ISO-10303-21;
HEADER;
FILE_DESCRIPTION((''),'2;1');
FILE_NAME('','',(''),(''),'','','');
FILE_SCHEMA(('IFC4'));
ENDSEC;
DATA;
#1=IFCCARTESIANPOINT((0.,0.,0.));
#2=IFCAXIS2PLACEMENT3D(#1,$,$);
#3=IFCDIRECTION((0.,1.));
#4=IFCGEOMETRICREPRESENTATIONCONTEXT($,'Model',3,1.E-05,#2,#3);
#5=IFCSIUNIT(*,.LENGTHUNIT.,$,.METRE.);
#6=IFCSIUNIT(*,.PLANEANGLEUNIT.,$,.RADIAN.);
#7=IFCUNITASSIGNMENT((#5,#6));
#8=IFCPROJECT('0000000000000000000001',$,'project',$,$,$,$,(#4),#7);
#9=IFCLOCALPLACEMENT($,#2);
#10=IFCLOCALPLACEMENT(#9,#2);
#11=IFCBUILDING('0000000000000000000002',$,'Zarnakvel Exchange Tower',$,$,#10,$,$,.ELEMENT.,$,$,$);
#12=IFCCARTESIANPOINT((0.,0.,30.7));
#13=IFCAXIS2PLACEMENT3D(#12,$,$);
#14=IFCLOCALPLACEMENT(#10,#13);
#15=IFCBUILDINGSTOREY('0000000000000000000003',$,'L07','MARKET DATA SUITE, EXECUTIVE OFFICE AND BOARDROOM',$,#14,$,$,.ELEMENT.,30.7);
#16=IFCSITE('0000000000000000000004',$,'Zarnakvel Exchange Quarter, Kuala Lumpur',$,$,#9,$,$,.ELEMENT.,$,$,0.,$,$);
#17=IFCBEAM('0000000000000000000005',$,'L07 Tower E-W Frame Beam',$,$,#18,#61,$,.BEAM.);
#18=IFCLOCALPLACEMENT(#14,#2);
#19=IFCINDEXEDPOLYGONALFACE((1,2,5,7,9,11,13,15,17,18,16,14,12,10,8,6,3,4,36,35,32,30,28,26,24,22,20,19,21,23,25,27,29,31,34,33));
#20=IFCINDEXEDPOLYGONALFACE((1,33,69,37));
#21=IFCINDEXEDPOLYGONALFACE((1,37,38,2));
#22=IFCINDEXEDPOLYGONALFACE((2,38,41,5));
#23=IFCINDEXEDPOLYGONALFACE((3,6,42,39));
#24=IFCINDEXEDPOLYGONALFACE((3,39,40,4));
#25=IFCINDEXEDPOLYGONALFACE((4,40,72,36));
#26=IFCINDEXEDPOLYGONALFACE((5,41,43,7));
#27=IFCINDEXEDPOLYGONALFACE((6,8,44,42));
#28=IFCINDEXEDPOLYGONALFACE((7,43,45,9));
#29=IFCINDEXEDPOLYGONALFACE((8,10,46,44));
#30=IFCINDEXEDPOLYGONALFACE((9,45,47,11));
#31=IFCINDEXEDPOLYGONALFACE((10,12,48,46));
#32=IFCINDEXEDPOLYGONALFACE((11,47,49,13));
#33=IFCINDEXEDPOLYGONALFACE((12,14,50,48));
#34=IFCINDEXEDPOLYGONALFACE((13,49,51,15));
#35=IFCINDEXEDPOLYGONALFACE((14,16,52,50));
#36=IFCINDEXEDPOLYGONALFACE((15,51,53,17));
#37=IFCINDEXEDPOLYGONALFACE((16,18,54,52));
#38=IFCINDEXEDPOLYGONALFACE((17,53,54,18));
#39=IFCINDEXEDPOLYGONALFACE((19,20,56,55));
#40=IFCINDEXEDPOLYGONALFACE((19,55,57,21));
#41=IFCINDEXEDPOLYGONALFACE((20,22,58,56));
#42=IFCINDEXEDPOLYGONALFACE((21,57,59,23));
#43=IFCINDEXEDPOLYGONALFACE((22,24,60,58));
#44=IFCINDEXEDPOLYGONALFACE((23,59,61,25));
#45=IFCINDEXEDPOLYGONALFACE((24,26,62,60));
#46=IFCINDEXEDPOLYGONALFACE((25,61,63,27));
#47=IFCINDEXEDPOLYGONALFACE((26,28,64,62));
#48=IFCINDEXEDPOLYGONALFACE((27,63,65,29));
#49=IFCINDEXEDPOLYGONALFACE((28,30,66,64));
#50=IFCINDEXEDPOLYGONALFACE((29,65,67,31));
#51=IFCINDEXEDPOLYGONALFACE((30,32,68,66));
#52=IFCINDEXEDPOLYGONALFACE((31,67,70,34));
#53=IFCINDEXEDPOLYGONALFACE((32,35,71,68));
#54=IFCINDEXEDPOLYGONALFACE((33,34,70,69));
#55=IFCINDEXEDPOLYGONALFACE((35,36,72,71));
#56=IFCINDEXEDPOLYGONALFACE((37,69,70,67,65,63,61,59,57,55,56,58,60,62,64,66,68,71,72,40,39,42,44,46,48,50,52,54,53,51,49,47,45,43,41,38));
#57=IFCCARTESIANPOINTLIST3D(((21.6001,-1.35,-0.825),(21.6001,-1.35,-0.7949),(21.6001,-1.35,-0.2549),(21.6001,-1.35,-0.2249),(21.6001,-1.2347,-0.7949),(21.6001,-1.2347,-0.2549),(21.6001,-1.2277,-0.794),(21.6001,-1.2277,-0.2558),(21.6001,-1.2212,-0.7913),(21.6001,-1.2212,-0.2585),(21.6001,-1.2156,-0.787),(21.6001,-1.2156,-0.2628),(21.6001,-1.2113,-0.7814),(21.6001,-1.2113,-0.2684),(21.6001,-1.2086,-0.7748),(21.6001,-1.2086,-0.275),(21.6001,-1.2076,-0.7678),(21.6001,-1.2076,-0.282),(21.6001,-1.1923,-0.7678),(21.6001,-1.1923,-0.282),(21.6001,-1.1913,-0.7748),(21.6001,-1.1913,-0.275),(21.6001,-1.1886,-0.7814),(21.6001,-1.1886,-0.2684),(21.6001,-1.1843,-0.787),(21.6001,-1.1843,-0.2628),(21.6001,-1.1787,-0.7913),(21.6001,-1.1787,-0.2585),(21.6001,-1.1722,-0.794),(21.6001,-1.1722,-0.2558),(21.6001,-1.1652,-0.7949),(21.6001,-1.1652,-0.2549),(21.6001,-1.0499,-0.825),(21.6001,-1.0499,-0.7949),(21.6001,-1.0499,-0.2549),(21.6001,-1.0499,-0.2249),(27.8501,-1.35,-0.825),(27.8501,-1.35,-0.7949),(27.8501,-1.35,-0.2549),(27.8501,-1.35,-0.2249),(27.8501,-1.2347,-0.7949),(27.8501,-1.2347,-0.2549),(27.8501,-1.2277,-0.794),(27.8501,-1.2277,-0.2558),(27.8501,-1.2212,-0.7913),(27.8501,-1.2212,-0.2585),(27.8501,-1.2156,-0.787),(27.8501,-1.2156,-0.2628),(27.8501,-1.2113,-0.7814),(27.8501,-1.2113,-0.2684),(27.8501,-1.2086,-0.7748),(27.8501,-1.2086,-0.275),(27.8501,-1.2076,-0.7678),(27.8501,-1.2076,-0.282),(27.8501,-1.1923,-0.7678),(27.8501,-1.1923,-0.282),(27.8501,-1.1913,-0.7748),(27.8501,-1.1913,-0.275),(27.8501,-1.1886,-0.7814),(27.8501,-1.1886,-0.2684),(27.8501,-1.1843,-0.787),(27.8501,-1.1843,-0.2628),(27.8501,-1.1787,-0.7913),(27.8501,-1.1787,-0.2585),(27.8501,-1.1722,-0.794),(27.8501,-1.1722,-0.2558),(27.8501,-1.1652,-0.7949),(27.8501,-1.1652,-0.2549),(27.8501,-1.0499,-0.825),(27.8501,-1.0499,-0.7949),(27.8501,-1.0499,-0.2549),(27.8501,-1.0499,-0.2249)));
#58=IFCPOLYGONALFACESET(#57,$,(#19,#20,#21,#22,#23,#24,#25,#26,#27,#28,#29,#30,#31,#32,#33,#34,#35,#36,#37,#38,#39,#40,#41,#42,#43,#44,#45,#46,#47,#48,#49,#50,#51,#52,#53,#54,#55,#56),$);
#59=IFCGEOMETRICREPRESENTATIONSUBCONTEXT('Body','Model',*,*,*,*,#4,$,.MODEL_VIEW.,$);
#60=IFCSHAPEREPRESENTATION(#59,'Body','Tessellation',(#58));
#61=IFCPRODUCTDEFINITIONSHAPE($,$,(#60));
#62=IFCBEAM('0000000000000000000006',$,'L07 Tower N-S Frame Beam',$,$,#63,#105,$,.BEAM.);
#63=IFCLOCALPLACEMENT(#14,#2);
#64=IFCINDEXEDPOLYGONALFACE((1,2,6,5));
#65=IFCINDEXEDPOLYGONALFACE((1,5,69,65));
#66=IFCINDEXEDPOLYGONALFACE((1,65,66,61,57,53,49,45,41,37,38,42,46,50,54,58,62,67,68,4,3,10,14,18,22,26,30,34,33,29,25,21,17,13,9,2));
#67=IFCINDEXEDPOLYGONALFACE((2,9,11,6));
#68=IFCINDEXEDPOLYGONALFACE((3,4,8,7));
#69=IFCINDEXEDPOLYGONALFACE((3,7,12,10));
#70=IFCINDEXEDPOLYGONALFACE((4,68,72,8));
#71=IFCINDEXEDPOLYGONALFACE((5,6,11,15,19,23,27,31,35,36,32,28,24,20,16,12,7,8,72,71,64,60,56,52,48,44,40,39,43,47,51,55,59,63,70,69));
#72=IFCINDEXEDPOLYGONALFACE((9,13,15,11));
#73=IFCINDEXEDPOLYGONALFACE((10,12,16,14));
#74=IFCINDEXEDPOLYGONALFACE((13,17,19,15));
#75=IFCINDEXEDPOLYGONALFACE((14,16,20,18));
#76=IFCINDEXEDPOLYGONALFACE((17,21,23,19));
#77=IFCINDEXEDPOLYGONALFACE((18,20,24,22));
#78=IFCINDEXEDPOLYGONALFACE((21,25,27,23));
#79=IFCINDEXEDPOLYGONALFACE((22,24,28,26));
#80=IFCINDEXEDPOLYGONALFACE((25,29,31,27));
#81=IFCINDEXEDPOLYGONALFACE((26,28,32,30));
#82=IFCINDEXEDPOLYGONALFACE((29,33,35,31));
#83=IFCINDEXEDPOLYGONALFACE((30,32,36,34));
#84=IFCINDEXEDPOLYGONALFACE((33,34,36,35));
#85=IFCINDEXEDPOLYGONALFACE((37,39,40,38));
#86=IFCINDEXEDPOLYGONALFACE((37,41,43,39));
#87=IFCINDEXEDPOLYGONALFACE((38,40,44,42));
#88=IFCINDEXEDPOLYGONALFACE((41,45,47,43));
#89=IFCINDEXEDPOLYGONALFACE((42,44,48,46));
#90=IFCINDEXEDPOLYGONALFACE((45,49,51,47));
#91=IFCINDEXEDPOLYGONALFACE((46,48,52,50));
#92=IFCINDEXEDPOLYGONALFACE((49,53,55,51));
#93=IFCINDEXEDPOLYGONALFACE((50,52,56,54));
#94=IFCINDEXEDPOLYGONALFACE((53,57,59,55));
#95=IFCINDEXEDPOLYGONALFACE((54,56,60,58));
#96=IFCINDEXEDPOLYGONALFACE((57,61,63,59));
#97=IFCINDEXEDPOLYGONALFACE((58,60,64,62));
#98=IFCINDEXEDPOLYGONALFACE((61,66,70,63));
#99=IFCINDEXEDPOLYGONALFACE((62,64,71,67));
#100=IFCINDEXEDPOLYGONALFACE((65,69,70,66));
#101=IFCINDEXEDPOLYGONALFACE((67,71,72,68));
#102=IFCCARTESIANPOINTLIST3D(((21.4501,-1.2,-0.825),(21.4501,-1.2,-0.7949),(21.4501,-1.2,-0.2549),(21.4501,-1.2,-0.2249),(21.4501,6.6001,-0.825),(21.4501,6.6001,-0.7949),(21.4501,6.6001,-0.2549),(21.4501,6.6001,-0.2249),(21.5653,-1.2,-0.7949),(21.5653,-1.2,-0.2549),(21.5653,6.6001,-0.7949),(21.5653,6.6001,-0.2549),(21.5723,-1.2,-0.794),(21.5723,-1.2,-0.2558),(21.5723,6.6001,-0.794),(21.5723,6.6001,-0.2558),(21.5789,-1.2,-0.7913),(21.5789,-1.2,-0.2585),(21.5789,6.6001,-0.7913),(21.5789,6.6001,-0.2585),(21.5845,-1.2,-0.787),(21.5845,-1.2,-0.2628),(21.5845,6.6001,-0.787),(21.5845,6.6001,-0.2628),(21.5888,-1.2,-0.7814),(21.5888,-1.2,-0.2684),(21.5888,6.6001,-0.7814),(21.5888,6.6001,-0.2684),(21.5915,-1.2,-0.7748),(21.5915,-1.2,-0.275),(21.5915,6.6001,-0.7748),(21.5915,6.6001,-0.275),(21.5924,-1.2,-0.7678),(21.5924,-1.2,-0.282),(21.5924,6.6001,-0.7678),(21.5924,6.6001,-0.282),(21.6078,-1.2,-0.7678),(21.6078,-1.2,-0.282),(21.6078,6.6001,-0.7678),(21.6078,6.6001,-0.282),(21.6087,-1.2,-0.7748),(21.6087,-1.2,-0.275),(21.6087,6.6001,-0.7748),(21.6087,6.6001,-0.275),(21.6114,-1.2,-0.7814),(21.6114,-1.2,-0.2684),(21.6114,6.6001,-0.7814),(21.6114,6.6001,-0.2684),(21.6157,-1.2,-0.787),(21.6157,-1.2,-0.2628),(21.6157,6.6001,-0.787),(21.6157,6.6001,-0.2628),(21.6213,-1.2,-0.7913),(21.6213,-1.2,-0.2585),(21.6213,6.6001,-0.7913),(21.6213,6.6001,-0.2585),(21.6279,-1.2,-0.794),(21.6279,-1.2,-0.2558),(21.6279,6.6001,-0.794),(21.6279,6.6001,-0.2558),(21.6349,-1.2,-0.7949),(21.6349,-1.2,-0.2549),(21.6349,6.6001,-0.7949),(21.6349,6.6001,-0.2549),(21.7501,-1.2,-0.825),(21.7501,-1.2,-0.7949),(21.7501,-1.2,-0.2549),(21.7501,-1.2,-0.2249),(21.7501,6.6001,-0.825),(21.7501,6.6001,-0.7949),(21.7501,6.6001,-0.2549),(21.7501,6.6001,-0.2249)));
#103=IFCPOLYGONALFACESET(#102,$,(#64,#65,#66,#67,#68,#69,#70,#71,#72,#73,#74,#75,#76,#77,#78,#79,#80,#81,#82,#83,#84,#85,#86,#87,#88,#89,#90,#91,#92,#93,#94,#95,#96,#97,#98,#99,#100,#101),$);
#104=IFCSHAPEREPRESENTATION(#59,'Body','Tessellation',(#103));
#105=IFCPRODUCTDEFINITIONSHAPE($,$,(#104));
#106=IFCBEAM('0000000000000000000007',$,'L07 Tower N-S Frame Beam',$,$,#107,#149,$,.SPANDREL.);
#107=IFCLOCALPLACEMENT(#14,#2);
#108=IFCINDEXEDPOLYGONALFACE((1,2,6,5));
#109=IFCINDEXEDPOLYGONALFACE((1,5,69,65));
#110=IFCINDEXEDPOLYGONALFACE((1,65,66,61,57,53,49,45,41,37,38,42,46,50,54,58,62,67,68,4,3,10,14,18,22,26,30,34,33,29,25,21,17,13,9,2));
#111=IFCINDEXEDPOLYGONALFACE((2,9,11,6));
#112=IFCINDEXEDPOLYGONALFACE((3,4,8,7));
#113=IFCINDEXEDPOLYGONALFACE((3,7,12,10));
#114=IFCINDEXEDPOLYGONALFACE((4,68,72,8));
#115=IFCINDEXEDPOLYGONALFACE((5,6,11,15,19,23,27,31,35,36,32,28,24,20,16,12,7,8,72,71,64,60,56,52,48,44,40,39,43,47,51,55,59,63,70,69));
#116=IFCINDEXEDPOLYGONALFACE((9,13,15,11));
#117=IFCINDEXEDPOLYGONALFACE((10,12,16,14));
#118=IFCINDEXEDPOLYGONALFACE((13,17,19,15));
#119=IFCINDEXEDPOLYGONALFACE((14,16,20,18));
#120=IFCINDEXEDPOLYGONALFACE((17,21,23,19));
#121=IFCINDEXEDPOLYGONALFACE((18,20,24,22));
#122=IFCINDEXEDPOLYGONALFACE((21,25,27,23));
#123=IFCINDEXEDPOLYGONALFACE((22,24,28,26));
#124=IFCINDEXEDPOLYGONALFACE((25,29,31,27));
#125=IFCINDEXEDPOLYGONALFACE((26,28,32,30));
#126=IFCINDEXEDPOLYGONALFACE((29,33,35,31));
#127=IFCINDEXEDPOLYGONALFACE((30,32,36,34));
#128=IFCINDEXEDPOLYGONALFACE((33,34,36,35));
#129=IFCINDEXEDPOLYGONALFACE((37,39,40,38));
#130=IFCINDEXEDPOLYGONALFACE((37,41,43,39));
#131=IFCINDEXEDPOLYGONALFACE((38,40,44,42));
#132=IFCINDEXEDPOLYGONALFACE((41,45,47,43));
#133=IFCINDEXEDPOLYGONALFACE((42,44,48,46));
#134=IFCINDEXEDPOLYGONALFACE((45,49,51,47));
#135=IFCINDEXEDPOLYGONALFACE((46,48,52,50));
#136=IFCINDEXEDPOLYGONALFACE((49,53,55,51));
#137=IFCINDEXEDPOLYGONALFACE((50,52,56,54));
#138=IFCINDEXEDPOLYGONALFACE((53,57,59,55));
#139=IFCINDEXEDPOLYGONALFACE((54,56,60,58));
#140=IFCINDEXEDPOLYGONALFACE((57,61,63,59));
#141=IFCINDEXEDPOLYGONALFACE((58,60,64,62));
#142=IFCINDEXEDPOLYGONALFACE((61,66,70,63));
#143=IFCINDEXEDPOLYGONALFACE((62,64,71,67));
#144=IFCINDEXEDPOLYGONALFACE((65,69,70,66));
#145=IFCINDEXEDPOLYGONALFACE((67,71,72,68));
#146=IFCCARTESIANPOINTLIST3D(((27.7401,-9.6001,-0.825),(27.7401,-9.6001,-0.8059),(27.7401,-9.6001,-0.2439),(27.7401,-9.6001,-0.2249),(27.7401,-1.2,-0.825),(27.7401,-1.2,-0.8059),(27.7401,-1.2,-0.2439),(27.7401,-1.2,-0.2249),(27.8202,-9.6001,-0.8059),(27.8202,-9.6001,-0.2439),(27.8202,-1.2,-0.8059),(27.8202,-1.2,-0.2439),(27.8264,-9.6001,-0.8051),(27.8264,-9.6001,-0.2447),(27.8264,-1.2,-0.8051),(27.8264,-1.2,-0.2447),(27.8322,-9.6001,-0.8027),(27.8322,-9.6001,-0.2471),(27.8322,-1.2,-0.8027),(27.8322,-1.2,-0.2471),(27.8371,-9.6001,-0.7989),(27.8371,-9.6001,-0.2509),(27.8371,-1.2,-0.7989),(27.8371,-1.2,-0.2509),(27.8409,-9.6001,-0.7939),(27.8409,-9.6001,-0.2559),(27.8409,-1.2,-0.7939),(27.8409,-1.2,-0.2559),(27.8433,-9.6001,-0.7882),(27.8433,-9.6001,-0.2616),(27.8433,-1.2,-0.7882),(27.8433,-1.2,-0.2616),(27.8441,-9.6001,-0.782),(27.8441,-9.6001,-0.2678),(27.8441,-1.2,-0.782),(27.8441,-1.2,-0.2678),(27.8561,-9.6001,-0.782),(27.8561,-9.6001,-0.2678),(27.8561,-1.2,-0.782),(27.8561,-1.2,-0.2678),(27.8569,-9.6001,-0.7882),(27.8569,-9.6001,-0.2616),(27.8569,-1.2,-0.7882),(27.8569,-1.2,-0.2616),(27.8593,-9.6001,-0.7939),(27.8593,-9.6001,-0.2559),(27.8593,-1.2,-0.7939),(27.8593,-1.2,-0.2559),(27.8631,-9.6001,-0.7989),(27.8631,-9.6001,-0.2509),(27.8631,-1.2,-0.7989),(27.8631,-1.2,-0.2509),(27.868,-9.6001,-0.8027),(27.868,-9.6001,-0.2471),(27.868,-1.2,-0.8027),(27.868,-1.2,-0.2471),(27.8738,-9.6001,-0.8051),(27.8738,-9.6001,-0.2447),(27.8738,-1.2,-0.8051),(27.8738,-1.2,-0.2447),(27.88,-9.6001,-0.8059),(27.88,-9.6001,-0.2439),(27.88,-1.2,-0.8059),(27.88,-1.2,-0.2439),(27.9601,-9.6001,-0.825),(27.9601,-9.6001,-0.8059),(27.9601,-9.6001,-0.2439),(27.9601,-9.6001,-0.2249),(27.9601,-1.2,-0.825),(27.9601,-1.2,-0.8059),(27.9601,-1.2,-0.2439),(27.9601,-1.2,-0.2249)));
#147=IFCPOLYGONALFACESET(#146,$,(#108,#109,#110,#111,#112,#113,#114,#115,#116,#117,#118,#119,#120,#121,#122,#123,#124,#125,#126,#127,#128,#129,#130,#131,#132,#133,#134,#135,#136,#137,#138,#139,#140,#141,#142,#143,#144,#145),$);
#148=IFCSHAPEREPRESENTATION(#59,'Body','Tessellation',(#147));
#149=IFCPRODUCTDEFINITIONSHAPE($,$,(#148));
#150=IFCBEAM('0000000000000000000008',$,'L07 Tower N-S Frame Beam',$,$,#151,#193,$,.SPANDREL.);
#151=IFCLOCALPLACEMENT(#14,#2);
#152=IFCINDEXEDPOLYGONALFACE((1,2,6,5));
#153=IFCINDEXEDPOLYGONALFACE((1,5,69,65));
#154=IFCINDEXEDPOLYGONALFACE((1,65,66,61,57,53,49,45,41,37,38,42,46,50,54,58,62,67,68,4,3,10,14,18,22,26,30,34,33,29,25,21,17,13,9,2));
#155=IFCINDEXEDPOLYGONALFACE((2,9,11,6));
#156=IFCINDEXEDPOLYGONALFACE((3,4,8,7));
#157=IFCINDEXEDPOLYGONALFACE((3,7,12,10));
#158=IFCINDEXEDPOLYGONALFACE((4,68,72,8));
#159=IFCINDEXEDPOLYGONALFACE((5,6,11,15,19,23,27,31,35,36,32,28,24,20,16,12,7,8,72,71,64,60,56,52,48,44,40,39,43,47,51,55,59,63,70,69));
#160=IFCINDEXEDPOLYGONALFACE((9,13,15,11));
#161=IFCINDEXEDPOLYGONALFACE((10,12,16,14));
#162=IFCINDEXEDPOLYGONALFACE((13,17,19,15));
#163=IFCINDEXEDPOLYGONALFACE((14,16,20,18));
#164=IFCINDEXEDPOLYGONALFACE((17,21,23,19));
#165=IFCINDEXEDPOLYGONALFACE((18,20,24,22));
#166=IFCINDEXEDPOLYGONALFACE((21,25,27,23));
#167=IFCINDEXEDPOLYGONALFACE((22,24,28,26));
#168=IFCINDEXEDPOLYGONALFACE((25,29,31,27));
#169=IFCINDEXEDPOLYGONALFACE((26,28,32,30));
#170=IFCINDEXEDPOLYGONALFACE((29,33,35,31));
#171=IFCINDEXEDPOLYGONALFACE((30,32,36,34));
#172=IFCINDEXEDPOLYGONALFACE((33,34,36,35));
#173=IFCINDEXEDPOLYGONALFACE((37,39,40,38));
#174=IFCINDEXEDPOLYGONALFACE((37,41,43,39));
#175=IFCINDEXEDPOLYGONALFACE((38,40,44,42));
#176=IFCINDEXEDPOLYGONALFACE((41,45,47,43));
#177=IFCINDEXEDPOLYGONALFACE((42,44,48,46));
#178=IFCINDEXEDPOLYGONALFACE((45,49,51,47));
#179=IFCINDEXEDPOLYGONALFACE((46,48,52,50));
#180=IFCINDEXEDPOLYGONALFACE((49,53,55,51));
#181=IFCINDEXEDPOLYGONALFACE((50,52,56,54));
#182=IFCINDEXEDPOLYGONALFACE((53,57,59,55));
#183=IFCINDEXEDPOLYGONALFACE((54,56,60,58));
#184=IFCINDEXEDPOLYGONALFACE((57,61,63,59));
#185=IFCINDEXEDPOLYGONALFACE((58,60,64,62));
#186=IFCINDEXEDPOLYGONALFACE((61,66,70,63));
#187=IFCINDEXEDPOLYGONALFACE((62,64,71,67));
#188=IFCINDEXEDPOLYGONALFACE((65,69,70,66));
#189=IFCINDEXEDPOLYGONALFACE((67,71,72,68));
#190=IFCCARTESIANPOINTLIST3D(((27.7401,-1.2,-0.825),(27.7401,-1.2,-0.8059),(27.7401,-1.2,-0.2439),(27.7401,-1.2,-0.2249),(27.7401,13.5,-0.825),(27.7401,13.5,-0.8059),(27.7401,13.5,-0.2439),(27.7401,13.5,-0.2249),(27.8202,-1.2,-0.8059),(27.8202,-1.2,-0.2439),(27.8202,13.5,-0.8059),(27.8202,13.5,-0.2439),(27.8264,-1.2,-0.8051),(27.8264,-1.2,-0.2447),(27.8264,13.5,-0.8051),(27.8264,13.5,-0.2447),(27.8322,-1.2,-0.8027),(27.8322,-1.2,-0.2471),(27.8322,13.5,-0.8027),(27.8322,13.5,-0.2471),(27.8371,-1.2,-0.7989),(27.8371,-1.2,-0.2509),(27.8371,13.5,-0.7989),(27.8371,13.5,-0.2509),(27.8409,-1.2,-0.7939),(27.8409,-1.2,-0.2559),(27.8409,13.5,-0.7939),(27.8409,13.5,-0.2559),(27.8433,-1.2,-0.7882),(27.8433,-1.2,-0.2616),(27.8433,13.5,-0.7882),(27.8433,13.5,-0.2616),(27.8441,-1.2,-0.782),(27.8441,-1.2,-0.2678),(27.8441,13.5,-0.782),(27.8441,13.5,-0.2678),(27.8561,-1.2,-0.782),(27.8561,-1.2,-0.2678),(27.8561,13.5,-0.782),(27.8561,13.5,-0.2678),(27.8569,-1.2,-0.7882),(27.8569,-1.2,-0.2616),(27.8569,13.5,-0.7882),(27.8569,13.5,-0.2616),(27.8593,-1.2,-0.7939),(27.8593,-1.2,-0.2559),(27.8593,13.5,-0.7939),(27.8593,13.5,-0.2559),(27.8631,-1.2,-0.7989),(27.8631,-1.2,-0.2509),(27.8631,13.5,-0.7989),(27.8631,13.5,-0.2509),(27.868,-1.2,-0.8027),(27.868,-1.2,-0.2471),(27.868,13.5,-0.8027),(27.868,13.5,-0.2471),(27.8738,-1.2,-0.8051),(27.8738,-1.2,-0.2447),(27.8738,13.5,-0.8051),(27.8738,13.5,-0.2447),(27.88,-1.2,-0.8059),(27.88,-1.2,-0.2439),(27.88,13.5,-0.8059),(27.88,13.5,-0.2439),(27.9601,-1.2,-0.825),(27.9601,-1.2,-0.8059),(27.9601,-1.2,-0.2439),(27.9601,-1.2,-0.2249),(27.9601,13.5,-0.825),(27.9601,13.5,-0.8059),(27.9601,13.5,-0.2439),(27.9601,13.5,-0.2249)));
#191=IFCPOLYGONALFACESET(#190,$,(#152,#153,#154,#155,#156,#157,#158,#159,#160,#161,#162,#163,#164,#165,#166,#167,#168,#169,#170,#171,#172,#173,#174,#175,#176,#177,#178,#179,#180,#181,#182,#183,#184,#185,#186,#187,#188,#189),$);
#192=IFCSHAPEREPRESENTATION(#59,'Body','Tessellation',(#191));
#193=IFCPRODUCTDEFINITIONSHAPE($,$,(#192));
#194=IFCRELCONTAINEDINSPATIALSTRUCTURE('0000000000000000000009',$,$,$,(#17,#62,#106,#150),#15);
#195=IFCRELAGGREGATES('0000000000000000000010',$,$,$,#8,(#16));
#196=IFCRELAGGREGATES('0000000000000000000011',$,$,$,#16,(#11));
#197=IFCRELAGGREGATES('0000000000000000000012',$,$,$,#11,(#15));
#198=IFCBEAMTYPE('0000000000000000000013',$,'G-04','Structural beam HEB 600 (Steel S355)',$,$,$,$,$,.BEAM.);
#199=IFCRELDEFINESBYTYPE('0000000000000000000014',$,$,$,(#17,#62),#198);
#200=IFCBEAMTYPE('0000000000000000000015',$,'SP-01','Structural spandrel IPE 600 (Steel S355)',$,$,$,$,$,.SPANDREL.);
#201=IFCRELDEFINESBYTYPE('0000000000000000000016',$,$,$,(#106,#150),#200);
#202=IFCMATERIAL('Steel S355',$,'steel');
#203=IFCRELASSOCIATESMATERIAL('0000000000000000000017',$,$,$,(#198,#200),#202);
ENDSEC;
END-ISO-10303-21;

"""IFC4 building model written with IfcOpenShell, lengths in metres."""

from ifc_helpers import new_model, si_unit, direction, frame, origin, origin_2d, place, context, subcontext, project, spatial, i_section, extrude, material, material_profile, profile_set, type_object, element, save


model = new_model("IFC4")

# Units and contexts
model_context = context("Model", 3, precision=1e-05, world=origin(), true_north=direction((0.0, 1.0)))
body_context = subcontext(model_context, "Body", "Model", "MODEL_VIEW")
ifc_project = project(units=[si_unit("LENGTHUNIT", "METRE"), si_unit("PLANEANGLEUNIT", "RADIAN")], contexts=[model_context])

# Site, building, storey
site_placement = place(None, origin())
site = spatial("IfcSite", under=ifc_project, at=site_placement, Name="Zarnakvel Exchange Quarter, Kuala Lumpur", CompositionType="ELEMENT", RefElevation=0.0)
building_placement = place(site_placement, origin())
building = spatial("IfcBuilding", under=site, at=building_placement, Name="Zarnakvel Exchange Tower", CompositionType="ELEMENT")
storey_placement = place(building_placement, frame((0.0, 0.0, 30.7)))
storey = spatial("IfcBuildingStorey", under=building, at=storey_placement, Name="L07", Description="MARKET DATA SUITE, EXECUTIVE OFFICE AND BOARDROOM", CompositionType="ELEMENT", Elevation=30.7)

# Shared definitions
ifc_material_1 = material(Name="Steel S355", Category="steel")

# Beams
ifc_material_profile_1 = material_profile(ifc_material_1, i_section(OverallWidth=0.3, OverallDepth=0.6001, WebThickness=0.0154, FlangeThickness=0.03, FilletRadius=0.0271, at=origin_2d()))
ifc_profile_set_1 = profile_set([ifc_material_profile_1], Name="Steel S355")
beam_type_1 = type_object("IfcBeamType", Name="G-04", Description="Structural beam HEB 600 (Steel S355)", PredefinedType="BEAM", material=ifc_profile_set_1)
beam_1_placement = place(storey_placement, frame((21.6001, -1.2, -0.5249), z_axis=(1.0, 0.0, 0.0), x_axis=(0.0, 1.0, 0.0)))
element("IfcBeam", 1, at=beam_1_placement, inside=storey, type_object=beam_type_1, Name="L07 Tower E-W Frame Beam", PredefinedType="BEAM", context=body_context, shape_type="SweptSolid", body=[
    extrude(i_section(OverallWidth=0.3, OverallDepth=0.6001, WebThickness=0.0154, FlangeThickness=0.03, FilletRadius=0.0271, at=origin_2d()), origin(), (0.0, 0.0, 1.0), 6.25),
])
beam_2_placement = place(storey_placement, frame((21.6001, -1.2, -0.5249), z_axis=(0.0, 1.0, 0.0), x_axis=(-1.0, 0.0, 0.0)))
element("IfcBeam", 2, at=beam_2_placement, inside=storey, type_object=beam_type_1, Name="L07 Tower N-S Frame Beam", PredefinedType="BEAM", context=body_context, shape_type="SweptSolid", body=[
    extrude(i_section(OverallWidth=0.3, OverallDepth=0.6001, WebThickness=0.0154, FlangeThickness=0.03, FilletRadius=0.0271, at=origin_2d()), origin(), (0.0, 0.0, 1.0), 7.8),
])
ifc_material_profile_2 = material_profile(ifc_material_1, i_section(OverallWidth=0.22, OverallDepth=0.6001, WebThickness=0.012, FlangeThickness=0.019, FilletRadius=0.0239, at=origin_2d()))
ifc_profile_set_2 = profile_set([ifc_material_profile_2], Name="Steel S355")
beam_type_2 = type_object("IfcBeamType", Name="SP-01", Description="Structural spandrel IPE 600 (Steel S355)", PredefinedType="SPANDREL", material=ifc_profile_set_2)
beam_3_placement = place(storey_placement, frame((27.8501, -9.6001, -0.5249), z_axis=(0.0, 1.0, 0.0), x_axis=(-1.0, 0.0, 0.0)))
element("IfcBeam", 3, at=beam_3_placement, inside=storey, type_object=beam_type_2, Name="L07 Tower N-S Frame Beam", PredefinedType="SPANDREL", context=body_context, shape_type="SweptSolid", body=[
    extrude(i_section(OverallWidth=0.22, OverallDepth=0.6001, WebThickness=0.012, FlangeThickness=0.019, FilletRadius=0.0239, at=origin_2d()), origin(), (0.0, 0.0, 1.0), 8.4001),
])
beam_4_placement = place(storey_placement, frame((27.8501, -1.2, -0.5249), z_axis=(0.0, 1.0, 0.0), x_axis=(-1.0, 0.0, 0.0)))
element("IfcBeam", 4, at=beam_4_placement, inside=storey, type_object=beam_type_2, Name="L07 Tower N-S Frame Beam", PredefinedType="SPANDREL", context=body_context, shape_type="SweptSolid", body=[
    extrude(i_section(OverallWidth=0.22, OverallDepth=0.6001, WebThickness=0.012, FlangeThickness=0.019, FilletRadius=0.0239, at=origin_2d()), origin(), (0.0, 0.0, 1.0), 14.7),
])

save(model, "model.ifc")
